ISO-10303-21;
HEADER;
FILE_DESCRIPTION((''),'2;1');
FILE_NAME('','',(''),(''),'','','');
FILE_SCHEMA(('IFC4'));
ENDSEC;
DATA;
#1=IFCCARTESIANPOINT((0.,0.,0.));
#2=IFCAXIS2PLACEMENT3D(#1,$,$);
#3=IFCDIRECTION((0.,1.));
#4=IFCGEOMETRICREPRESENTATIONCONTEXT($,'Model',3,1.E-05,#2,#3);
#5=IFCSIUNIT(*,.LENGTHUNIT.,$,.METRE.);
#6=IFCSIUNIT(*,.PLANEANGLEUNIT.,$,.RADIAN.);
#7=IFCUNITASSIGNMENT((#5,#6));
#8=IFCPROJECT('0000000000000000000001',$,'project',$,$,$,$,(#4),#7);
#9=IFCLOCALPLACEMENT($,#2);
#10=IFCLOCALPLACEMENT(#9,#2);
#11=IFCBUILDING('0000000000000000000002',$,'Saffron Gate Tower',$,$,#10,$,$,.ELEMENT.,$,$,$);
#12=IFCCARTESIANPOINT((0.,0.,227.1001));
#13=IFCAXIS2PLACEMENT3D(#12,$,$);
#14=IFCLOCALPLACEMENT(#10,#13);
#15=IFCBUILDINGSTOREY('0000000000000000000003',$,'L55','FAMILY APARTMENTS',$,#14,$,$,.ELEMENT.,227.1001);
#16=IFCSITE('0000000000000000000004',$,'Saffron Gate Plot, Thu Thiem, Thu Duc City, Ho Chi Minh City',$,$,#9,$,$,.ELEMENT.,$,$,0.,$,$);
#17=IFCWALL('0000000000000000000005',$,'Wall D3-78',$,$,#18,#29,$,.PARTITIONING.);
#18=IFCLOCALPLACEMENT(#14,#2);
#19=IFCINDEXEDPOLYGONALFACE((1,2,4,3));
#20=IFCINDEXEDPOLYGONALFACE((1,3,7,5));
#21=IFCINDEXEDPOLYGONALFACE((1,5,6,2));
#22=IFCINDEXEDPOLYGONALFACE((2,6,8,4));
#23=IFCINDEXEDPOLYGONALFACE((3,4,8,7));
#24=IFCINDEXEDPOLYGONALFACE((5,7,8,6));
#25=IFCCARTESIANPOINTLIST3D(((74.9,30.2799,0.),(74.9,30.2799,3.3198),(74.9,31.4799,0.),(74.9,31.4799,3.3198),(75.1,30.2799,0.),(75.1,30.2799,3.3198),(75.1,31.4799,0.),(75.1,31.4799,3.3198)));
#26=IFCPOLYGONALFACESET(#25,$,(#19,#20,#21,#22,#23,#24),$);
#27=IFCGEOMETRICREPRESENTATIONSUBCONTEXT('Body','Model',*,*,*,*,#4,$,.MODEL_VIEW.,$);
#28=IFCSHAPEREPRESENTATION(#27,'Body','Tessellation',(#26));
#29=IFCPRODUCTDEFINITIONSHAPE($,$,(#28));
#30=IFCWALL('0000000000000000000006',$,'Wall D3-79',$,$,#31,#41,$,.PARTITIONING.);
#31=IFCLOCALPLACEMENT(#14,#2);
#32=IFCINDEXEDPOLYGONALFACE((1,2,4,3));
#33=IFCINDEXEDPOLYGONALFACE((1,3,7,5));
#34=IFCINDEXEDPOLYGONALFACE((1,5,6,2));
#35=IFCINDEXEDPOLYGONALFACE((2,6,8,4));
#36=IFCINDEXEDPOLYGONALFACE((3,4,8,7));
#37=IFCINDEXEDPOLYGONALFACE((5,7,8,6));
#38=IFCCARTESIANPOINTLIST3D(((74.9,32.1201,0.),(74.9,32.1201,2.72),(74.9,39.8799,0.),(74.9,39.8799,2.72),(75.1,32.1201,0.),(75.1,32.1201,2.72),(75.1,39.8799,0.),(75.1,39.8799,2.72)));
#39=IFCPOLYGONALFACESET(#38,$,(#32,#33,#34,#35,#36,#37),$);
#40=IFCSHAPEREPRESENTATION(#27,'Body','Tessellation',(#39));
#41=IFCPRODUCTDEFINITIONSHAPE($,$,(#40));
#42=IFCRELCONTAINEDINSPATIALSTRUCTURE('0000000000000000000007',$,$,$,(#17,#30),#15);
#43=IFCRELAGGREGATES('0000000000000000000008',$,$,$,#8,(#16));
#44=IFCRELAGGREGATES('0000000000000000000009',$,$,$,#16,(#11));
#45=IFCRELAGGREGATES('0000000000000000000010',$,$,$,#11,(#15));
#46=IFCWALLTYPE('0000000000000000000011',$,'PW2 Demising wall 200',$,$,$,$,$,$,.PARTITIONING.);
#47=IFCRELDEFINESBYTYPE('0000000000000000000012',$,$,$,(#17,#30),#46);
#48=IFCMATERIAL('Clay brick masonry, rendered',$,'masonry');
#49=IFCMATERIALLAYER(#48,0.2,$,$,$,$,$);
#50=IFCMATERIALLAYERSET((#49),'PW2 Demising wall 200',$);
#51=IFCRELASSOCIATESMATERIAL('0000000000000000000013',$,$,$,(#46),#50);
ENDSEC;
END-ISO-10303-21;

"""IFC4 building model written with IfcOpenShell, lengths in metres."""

from ifc_helpers import new_model, si_unit, direction, frame, frame_2d, origin, place, context, subcontext, project, spatial, rectangle, extrude, material, layer, layer_set, type_object, element, save


model = new_model("IFC4")

# Units and contexts
model_context = context("Model", 3, precision=1e-05, world=origin(), true_north=direction((0.0, 1.0)))
body_context = subcontext(model_context, "Body", "Model", "MODEL_VIEW")
ifc_project = project(units=[si_unit("LENGTHUNIT", "METRE"), si_unit("PLANEANGLEUNIT", "RADIAN")], contexts=[model_context])

# Site, building, storey
site_placement = place(None, origin())
site = spatial("IfcSite", under=ifc_project, at=site_placement, Name="Saffron Gate Plot, Thu Thiem, Thu Duc City, Ho Chi Minh City", CompositionType="ELEMENT", RefElevation=0.0)
building_placement = place(site_placement, origin())
building = spatial("IfcBuilding", under=site, at=building_placement, Name="Saffron Gate Tower", CompositionType="ELEMENT")
storey_placement = place(building_placement, frame((0.0, 0.0, 227.1001)))
storey = spatial("IfcBuildingStorey", under=building, at=storey_placement, Name="L55", Description="FAMILY APARTMENTS", CompositionType="ELEMENT", Elevation=227.1001)

# Walls
ifc_material_1 = material(Name="Clay brick masonry, rendered", Category="masonry")
ifc_layer_1 = layer(ifc_material_1, 0.2)
ifc_layer_set_1 = layer_set([ifc_layer_1], Name="PW2 Demising wall 200")
wall_type_1 = type_object("IfcWallType", Name="PW2 Demising wall 200", PredefinedType="PARTITIONING", material=ifc_layer_set_1)
wall_1_placement = place(storey_placement, frame((75.0, 31.48, 0.0), z_axis=(0.0, 0.0, 1.0), x_axis=(0.0, -1.0, 0.0)))
element("IfcWall", 1, at=wall_1_placement, inside=storey, type_object=wall_type_1, Name="Wall D3-78", PredefinedType="PARTITIONING", context=body_context, shape_type="SweptSolid", body=[
    extrude(rectangle(XDim=1.2, YDim=0.2, at=frame_2d((0.6001, 0.0))), origin(), (0.0, 0.0, 1.0), 3.3198),
])
wall_2_placement = place(storey_placement, frame((75.0, 39.8799, 0.0), z_axis=(0.0, 0.0, 1.0), x_axis=(0.0, -1.0, 0.0)))
element("IfcWall", 2, at=wall_2_placement, inside=storey, type_object=wall_type_1, Name="Wall D3-79", PredefinedType="PARTITIONING", context=body_context, shape_type="SweptSolid", body=[
    extrude(rectangle(XDim=7.7598, YDim=0.2, at=frame_2d((3.8799, 0.0))), origin(), (0.0, 0.0, 1.0), 2.72),
])

save(model, "model.ifc")
